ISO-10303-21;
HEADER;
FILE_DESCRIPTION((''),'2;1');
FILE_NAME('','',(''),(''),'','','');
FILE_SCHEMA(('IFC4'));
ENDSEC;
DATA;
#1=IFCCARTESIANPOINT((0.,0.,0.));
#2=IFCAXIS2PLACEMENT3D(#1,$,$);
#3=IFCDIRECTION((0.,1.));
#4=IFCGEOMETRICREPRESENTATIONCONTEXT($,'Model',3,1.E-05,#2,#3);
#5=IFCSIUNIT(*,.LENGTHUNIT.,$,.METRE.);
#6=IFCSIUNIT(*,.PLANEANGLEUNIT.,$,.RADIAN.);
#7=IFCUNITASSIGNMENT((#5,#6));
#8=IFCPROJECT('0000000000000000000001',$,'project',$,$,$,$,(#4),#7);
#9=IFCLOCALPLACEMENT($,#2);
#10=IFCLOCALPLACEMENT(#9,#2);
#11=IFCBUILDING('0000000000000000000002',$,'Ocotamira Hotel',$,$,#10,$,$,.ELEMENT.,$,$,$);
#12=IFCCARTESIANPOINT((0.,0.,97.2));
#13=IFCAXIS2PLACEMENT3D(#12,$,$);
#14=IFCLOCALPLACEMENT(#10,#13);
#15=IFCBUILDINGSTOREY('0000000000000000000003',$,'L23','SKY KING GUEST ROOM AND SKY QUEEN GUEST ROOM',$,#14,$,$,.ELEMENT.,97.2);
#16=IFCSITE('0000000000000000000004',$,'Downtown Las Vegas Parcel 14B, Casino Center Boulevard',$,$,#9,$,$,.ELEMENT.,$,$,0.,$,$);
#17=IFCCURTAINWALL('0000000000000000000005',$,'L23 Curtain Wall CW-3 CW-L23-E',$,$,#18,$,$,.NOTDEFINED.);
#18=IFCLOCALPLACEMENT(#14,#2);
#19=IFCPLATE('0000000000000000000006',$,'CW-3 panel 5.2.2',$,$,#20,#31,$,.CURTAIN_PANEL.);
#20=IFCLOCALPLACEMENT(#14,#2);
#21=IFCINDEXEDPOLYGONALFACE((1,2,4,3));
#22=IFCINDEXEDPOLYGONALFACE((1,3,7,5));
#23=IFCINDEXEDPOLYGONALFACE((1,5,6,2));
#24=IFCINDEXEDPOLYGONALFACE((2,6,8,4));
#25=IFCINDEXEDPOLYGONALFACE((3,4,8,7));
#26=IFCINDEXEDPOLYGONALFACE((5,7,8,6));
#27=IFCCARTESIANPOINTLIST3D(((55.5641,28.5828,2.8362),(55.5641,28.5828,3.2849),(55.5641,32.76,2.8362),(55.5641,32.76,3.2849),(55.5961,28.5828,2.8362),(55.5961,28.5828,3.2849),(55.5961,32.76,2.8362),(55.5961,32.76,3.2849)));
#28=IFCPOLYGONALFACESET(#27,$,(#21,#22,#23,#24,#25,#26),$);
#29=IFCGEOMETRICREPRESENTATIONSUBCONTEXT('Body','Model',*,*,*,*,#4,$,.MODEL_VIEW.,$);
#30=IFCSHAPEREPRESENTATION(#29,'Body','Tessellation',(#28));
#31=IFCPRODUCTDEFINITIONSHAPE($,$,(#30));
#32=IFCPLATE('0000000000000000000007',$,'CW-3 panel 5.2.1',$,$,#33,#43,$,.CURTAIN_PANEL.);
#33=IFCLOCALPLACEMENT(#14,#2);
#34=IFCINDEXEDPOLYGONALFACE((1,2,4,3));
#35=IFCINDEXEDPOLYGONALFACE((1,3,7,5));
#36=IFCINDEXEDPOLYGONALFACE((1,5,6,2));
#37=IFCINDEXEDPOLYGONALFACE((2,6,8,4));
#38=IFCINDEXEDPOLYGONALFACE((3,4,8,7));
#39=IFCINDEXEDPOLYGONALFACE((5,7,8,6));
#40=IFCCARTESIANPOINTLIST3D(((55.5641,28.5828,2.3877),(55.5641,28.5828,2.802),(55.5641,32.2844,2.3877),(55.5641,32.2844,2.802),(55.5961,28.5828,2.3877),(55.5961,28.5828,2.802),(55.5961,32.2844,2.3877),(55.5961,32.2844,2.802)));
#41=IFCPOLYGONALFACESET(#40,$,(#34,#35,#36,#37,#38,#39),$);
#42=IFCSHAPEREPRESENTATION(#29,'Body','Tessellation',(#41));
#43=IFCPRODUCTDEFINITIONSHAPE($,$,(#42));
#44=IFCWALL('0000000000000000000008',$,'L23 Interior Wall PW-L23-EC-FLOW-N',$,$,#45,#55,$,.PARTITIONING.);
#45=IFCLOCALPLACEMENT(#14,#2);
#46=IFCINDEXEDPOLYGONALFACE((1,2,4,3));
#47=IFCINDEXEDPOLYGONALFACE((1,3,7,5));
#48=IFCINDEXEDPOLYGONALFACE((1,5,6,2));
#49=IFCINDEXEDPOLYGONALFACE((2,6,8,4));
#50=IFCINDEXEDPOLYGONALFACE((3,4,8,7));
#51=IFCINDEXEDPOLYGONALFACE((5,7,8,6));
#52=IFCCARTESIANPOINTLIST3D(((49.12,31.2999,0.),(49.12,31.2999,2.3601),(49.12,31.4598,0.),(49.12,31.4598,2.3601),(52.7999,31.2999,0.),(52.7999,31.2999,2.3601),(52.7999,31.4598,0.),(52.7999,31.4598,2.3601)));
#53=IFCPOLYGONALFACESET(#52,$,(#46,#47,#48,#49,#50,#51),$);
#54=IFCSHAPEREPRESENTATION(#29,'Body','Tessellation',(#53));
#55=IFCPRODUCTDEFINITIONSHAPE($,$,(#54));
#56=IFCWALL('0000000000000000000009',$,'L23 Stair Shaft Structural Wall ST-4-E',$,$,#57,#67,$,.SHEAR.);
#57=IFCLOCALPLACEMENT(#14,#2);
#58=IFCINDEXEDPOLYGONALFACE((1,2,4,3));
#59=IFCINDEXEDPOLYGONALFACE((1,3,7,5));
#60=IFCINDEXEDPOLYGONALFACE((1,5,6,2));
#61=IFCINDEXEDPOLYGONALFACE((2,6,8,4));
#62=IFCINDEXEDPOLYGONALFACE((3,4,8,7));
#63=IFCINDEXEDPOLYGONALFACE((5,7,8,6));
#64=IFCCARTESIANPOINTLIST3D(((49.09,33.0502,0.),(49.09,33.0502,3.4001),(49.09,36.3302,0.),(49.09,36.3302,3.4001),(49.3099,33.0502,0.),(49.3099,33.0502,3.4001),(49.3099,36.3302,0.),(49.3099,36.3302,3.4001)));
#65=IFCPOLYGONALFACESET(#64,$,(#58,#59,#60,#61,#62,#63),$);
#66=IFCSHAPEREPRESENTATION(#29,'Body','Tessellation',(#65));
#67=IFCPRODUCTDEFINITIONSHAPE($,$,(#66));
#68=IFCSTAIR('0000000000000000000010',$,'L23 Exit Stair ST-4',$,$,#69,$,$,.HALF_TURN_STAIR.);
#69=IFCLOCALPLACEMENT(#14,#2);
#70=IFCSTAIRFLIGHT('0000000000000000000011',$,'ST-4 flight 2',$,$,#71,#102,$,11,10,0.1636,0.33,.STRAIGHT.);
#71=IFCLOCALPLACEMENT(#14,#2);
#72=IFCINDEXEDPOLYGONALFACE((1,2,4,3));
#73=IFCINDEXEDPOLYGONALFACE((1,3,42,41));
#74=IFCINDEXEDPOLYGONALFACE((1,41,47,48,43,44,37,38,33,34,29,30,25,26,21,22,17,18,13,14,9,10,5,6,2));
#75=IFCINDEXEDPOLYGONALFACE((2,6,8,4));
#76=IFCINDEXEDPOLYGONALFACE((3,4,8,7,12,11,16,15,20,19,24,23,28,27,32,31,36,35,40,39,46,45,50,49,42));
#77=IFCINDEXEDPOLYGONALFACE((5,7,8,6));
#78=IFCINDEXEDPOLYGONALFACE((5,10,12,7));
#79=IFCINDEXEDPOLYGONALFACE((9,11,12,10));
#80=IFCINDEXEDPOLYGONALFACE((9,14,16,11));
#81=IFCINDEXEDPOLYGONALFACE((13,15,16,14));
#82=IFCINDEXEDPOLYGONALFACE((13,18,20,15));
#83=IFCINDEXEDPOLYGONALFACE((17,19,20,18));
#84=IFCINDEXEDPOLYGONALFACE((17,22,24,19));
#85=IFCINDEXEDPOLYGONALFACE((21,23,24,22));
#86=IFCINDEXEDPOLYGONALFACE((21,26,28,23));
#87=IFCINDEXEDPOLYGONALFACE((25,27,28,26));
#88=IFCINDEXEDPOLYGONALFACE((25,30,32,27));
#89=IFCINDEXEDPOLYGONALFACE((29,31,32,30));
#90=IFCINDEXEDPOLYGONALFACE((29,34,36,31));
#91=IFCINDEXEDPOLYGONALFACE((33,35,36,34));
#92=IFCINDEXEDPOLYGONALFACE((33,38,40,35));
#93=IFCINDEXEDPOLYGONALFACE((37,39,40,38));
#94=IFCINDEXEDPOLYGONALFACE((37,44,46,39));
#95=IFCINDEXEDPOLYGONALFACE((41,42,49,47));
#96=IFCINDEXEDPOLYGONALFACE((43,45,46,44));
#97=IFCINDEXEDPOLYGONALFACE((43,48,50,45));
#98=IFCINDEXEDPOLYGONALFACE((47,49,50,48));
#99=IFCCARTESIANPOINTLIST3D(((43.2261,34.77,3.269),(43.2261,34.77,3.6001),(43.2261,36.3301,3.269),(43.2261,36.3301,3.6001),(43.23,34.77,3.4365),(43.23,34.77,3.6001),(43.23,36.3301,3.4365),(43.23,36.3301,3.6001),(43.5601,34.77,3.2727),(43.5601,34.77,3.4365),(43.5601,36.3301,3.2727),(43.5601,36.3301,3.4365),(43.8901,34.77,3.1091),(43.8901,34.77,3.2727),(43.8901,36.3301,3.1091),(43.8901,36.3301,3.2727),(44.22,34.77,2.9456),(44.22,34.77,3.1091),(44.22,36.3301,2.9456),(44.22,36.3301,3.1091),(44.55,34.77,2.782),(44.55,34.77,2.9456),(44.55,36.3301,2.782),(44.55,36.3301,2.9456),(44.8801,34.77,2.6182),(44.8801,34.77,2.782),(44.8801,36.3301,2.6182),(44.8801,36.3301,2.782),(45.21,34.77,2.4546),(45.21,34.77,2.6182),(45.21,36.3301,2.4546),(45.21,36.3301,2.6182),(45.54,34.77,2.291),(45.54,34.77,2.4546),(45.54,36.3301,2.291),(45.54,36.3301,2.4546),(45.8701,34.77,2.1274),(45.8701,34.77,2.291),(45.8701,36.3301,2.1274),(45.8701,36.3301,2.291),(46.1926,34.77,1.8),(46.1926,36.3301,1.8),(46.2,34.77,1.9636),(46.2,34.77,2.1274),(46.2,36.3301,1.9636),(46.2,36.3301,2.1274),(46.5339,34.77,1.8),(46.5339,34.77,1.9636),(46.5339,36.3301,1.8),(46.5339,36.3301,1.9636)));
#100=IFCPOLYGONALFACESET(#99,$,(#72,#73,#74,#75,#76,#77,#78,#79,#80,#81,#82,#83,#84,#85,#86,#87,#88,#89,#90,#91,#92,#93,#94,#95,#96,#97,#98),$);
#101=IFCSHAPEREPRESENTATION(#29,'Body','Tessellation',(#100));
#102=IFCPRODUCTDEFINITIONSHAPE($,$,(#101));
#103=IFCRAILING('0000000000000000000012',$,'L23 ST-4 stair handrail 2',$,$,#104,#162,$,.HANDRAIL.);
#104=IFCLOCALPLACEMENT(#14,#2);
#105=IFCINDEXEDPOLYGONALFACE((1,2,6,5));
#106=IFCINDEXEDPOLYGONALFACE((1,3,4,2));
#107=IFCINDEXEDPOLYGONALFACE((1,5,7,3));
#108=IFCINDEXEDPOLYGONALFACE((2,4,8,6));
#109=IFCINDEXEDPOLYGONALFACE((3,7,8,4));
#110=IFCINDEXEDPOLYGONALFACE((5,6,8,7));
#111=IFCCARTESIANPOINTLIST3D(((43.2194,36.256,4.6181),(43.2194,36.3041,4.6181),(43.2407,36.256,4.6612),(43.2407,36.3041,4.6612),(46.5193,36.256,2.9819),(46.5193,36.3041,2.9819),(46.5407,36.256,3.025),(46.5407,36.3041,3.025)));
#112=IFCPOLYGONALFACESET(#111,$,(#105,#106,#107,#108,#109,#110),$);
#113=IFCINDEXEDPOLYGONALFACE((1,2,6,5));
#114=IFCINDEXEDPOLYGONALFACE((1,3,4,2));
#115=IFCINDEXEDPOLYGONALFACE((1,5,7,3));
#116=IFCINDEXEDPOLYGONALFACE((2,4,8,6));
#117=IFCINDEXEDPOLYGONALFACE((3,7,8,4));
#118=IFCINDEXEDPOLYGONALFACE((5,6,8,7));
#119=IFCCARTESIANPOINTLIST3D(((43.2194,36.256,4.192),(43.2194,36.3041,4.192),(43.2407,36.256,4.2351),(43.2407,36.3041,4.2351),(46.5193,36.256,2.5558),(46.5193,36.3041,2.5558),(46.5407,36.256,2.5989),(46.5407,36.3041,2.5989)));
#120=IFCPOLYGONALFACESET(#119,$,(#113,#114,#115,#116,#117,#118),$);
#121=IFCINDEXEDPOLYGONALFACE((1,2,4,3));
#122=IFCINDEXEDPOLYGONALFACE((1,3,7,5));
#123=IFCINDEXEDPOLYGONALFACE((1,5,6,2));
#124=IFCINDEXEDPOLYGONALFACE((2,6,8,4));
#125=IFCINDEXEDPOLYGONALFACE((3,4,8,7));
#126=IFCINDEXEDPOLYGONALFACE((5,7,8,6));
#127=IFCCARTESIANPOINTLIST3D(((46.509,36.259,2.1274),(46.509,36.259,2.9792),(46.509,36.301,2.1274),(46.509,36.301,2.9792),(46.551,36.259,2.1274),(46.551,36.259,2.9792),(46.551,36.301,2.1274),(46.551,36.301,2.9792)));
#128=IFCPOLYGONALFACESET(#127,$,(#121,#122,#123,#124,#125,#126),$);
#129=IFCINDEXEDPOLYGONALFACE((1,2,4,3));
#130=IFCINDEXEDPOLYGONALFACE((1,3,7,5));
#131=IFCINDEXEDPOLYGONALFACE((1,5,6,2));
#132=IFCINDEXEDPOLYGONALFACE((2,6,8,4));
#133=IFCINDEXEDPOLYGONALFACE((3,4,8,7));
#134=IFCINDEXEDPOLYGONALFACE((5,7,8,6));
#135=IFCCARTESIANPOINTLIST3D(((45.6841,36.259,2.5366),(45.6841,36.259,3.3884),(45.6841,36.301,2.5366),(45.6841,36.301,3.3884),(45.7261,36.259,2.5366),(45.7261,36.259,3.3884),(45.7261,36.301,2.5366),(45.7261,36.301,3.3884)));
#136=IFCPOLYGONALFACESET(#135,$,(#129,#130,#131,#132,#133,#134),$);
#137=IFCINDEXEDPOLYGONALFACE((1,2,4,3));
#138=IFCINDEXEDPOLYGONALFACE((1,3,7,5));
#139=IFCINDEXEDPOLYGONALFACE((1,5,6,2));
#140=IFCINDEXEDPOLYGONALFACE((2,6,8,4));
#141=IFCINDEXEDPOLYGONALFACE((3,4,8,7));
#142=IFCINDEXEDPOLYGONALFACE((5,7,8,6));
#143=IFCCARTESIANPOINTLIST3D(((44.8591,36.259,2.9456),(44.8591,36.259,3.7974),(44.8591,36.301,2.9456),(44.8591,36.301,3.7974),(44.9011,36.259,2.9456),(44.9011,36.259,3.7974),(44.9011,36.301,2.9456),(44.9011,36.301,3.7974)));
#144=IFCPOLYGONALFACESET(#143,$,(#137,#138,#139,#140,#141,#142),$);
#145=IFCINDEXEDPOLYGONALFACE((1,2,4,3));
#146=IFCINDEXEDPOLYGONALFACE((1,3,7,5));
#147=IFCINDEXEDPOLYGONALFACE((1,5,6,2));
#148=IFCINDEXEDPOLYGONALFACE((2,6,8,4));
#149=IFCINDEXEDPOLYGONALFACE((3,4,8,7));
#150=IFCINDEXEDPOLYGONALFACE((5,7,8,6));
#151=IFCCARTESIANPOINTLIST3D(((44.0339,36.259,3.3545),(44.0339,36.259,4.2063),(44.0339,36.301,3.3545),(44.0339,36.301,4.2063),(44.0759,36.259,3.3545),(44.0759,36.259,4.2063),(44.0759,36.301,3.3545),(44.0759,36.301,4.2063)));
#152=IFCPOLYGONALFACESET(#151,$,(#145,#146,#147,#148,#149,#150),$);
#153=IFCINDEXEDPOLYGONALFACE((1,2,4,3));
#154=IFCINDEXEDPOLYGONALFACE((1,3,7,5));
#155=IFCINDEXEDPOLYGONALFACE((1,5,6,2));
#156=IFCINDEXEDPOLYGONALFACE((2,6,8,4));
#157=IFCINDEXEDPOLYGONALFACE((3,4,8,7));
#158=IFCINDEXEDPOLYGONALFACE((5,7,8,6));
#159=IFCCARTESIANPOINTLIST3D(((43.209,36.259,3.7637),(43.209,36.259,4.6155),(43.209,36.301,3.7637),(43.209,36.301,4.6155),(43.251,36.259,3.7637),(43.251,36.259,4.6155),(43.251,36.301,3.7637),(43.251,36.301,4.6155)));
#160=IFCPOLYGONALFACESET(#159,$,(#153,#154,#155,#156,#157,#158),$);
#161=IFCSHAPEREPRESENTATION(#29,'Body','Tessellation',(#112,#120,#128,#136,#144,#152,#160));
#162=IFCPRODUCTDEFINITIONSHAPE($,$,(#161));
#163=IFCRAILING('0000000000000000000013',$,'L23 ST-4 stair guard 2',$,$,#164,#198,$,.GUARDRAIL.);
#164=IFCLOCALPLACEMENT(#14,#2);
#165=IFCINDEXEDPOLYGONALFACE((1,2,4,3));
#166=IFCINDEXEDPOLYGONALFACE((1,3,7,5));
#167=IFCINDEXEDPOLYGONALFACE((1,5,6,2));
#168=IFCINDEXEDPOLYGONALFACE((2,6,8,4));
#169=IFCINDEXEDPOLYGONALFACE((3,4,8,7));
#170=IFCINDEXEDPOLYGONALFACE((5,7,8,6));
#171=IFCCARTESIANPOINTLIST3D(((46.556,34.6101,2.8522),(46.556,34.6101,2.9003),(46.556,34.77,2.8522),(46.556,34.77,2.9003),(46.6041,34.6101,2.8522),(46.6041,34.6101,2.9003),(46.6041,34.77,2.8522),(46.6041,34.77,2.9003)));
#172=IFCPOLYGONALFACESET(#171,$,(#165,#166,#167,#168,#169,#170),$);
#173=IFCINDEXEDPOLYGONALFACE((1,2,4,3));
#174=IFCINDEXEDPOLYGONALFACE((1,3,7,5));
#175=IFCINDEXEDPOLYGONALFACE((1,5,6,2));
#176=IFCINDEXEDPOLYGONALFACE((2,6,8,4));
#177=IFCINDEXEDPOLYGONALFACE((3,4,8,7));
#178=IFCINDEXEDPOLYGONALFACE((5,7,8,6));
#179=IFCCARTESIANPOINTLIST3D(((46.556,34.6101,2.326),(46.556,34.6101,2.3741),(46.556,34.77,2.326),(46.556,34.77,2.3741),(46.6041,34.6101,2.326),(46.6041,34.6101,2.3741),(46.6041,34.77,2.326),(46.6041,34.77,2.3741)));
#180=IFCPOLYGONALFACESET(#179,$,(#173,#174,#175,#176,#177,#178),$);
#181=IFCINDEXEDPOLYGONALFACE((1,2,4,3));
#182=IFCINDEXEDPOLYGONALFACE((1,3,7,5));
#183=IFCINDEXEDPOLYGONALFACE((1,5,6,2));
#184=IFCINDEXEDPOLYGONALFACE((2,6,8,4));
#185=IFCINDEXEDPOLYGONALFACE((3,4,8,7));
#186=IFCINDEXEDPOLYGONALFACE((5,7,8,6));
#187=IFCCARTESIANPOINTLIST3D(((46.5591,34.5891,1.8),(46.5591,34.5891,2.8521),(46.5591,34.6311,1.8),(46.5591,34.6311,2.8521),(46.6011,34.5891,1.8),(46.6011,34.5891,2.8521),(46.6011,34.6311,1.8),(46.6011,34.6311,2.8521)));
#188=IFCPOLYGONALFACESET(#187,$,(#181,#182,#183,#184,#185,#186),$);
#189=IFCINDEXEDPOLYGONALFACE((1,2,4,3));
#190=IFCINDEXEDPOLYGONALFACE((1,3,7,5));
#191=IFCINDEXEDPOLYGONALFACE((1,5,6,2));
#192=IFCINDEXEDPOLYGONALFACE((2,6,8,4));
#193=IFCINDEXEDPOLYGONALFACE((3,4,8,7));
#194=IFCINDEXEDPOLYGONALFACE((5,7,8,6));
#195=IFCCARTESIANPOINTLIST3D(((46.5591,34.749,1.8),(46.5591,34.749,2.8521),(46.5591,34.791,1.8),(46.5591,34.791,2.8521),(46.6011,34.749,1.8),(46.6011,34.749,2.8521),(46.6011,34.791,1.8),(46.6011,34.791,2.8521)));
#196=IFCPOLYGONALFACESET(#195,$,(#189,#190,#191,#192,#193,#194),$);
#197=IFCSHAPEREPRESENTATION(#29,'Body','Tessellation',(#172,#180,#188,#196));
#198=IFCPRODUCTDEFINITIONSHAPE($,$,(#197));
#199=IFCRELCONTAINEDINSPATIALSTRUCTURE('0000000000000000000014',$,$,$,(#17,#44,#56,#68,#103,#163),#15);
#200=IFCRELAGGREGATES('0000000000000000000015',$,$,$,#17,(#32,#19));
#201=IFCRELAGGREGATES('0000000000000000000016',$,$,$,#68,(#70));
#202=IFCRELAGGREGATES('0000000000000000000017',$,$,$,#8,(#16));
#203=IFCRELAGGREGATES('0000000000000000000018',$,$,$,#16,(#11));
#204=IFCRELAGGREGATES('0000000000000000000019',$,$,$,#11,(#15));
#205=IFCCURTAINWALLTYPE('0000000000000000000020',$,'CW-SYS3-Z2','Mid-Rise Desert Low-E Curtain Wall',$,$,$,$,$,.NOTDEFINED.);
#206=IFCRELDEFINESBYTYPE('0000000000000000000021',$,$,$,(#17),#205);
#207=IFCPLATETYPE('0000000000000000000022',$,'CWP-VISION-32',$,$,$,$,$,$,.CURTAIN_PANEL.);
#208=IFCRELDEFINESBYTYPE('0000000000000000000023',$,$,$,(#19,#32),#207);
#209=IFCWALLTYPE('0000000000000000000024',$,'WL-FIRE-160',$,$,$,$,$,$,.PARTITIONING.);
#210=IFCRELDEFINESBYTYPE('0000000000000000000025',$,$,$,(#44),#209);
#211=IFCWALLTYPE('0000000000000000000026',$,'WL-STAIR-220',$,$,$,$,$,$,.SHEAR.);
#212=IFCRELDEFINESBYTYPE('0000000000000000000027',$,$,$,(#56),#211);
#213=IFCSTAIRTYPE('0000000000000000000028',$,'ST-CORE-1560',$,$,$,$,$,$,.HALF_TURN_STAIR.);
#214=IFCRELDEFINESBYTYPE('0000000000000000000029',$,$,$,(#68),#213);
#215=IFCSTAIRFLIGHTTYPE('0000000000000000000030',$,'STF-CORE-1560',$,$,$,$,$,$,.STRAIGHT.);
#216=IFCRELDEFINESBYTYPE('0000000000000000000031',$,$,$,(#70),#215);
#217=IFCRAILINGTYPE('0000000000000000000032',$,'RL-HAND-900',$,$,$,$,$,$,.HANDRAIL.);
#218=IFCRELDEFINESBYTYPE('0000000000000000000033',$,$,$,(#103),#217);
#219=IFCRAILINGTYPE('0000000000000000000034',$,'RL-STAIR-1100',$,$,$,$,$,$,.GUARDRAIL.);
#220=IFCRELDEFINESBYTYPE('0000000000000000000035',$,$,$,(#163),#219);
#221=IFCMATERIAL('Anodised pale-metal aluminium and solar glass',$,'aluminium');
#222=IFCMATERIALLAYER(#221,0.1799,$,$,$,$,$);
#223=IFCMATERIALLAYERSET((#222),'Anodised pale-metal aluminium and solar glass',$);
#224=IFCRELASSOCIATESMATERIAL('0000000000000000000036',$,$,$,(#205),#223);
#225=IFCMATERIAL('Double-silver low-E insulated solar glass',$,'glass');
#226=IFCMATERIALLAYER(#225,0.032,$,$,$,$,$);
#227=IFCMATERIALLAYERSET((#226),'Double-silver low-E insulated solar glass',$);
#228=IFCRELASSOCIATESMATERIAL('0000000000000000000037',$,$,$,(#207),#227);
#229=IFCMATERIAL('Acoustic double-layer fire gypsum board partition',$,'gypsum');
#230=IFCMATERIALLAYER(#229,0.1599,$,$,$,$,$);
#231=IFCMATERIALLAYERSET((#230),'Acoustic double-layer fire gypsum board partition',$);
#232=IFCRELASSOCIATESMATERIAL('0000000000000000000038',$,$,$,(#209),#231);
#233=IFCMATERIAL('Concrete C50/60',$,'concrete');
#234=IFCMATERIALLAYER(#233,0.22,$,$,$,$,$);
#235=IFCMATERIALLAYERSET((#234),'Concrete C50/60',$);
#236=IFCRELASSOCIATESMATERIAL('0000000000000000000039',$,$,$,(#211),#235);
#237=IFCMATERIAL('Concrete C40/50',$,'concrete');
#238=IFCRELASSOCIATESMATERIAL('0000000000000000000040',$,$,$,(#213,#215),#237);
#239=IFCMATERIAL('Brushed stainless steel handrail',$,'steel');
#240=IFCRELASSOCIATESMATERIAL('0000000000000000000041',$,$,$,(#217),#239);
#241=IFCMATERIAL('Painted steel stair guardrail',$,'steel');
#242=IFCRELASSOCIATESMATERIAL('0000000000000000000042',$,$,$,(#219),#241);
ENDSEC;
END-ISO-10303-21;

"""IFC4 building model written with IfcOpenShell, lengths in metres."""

from ifc_helpers import new_model, si_unit, direction, frame, frame_2d, origin, origin_2d, place, context, subcontext, project, spatial, polyline, rectangle, outline, extrude, source, transform, mapped, material, layer, layer_set, type_object, element, aggregate, save


model = new_model("IFC4")

# Units and contexts
model_context = context("Model", 3, precision=1e-05, world=origin(), true_north=direction((0.0, 1.0)))
body_context = subcontext(model_context, "Body", "Model", "MODEL_VIEW")
ifc_project = project(units=[si_unit("LENGTHUNIT", "METRE"), si_unit("PLANEANGLEUNIT", "RADIAN")], contexts=[model_context])

# Site, building, storey
site_placement = place(None, origin())
site = spatial("IfcSite", under=ifc_project, at=site_placement, Name="Downtown Las Vegas Parcel 14B, Casino Center Boulevard", CompositionType="ELEMENT", RefElevation=0.0)
building_placement = place(site_placement, origin())
building = spatial("IfcBuilding", under=site, at=building_placement, Name="Ocotamira Hotel", CompositionType="ELEMENT")
storey_placement = place(building_placement, frame((0.0, 0.0, 97.2)))
storey = spatial("IfcBuildingStorey", under=building, at=storey_placement, Name="L23", Description="SKY KING GUEST ROOM AND SKY QUEEN GUEST ROOM", CompositionType="ELEMENT", Elevation=97.2)

# Curtain wall
ifc_material_1 = material(Name="Anodised pale-metal aluminium and solar glass", Category="aluminium")
ifc_layer_1 = layer(ifc_material_1, 0.1799)
ifc_layer_set_1 = layer_set([ifc_layer_1], Name="Anodised pale-metal aluminium and solar glass")
curtain_wall_type = type_object("IfcCurtainWallType", Name="CW-SYS3-Z2", Description="Mid-Rise Desert Low-E Curtain Wall", PredefinedType="NOTDEFINED", material=ifc_layer_set_1)
curtain_wall_placement = place(storey_placement, origin())
curtain_wall = element("IfcCurtainWall", 1, at=curtain_wall_placement, inside=storey, type_object=curtain_wall_type, Name="L23 Curtain Wall CW-3 CW-L23-E", PredefinedType="NOTDEFINED")

# Plates
ifc_material_2 = material(Name="Double-silver low-E insulated solar glass", Category="glass")
ifc_layer_2 = layer(ifc_material_2, 0.032)
ifc_layer_set_2 = layer_set([ifc_layer_2], Name="Double-silver low-E insulated solar glass")
plate_type_1 = type_object("IfcPlateType", Name="CWP-VISION-32", PredefinedType="CURTAIN_PANEL", material=ifc_layer_set_2)
shared_shape_1 = source(origin(), body_context, "Body", "SweptSolid", [
    extrude(rectangle(XDim=4.1772, YDim=0.032, at=origin_2d()), origin(), (0.0, 0.0, 1.0), 0.4487),
])
plate_1_placement = place(storey_placement, frame((55.5801, 30.6714, 2.8362), z_axis=(0.0, 0.0, 1.0), x_axis=(0.0, 1.0, 0.0)))
plate_1 = element("IfcPlate", 2, at=plate_1_placement, type_object=plate_type_1, Name="CW-3 panel 5.2.2", PredefinedType="CURTAIN_PANEL", context=body_context, shape_type="MappedRepresentation", body=[
    mapped(shared_shape_1, transform((0.0, 0.0, 0.0), scale=1.0)),
])
shared_shape_2 = source(origin(), body_context, "Body", "SweptSolid", [
    extrude(rectangle(XDim=3.7017, YDim=0.032, at=origin_2d()), origin(), (0.0, 0.0, 1.0), 0.4143),
])
plate_2_placement = place(storey_placement, frame((55.5801, 30.4336, 2.3877), z_axis=(0.0, 0.0, 1.0), x_axis=(0.0, 1.0, 0.0)))
plate_2 = element("IfcPlate", 3, at=plate_2_placement, type_object=plate_type_1, Name="CW-3 panel 5.2.1", PredefinedType="CURTAIN_PANEL", context=body_context, shape_type="MappedRepresentation", body=[
    mapped(shared_shape_2, transform((0.0, 0.0, 0.0), scale=1.0)),
])
aggregate(curtain_wall, [plate_2, plate_1])

# Wall
ifc_material_3 = material(Name="Acoustic double-layer fire gypsum board partition", Category="gypsum")
ifc_layer_3 = layer(ifc_material_3, 0.1599)
ifc_layer_set_3 = layer_set([ifc_layer_3], Name="Acoustic double-layer fire gypsum board partition")
wall_type_1 = type_object("IfcWallType", Name="WL-FIRE-160", PredefinedType="PARTITIONING", material=ifc_layer_set_3)
wall_1_placement = place(storey_placement, frame((49.1201, 31.3799, 0.0), z_axis=(0.0, 0.0, 1.0), x_axis=(1.0, 0.0, 0.0)))
element("IfcWall", 4, at=wall_1_placement, inside=storey, type_object=wall_type_1, Name="L23 Interior Wall PW-L23-EC-FLOW-N", PredefinedType="PARTITIONING", context=body_context, shape_type="SweptSolid", body=[
    extrude(rectangle(XDim=3.6799, YDim=0.1599, at=frame_2d((1.8398, 0.0))), origin(), (0.0, 0.0, 1.0), 2.3601),
])

# Wall
ifc_material_4 = material(Name="Concrete C50/60", Category="concrete")
ifc_layer_4 = layer(ifc_material_4, 0.22)
ifc_layer_set_4 = layer_set([ifc_layer_4], Name="Concrete C50/60")
wall_type_2 = type_object("IfcWallType", Name="WL-STAIR-220", PredefinedType="SHEAR", material=ifc_layer_set_4)
wall_2_placement = place(storey_placement, frame((49.2, 33.05, 0.0), z_axis=(0.0, 0.0, 1.0), x_axis=(0.0, 1.0, 0.0)))
element("IfcWall", 5, at=wall_2_placement, inside=storey, type_object=wall_type_2, Name="L23 Stair Shaft Structural Wall ST-4-E", PredefinedType="SHEAR", context=body_context, shape_type="SweptSolid", body=[
    extrude(rectangle(XDim=3.28, YDim=0.22, at=frame_2d((1.6401, 0.0))), origin(), (0.0, 0.0, 1.0), 3.4001),
])

# Stair, stair flight
ifc_material_5 = material(Name="Concrete C40/50", Category="concrete")
stair_type = type_object("IfcStairType", Name="ST-CORE-1560", PredefinedType="HALF_TURN_STAIR", material=ifc_material_5)
stair_placement = place(storey_placement, origin())
stair = element("IfcStair", 6, at=stair_placement, inside=storey, type_object=stair_type, Name="L23 Exit Stair ST-4", PredefinedType="HALF_TURN_STAIR")
stair_flight_type = type_object("IfcStairFlightType", Name="STF-CORE-1560", PredefinedType="STRAIGHT", material=ifc_material_5)
shared_shape_3 = source(origin(), body_context, "Body", "SweptSolid", [
    extrude(outline(polyline([(-0.0039, 0.0), (-0.0039, 0.1636), (0.3301, 0.1636), (0.3301, 0.3274), (0.6599, 0.3274), (0.6599, 0.491), (0.99, 0.491), (0.99, 0.6545), (1.3201, 0.6545), (1.3201, 0.8181), (1.6499, 0.8181), (1.6499, 0.9819), (1.98, 0.9819), (1.98, 1.1455), (2.3101, 1.1455), (2.3101, 1.3091), (2.6399, 1.3091), (2.6399, 1.4727), (2.97, 1.4727), (2.97, 1.6365), (3.3, 1.6365), (3.3, 1.8), (3.304, 1.8), (3.304, 1.469), (0.3374, 0.0), (-0.0039, 0.0)])), frame((0.0, 0.78, 0.0), z_axis=(0.0, -1.0, 0.0), x_axis=(1.0, 0.0, 0.0)), (0.0, 0.0, 1.0), 1.5601),
])
stair_flight_placement = place(storey_placement, frame((46.53, 35.55, 1.8), z_axis=(0.0, 0.0, 1.0), x_axis=(-1.0, 0.0, 0.0)))
stair_flight = element("IfcStairFlight", 7, at=stair_flight_placement, type_object=stair_flight_type, Name="ST-4 flight 2", NumberOfRisers=11, NumberOfTreads=10, PredefinedType="STRAIGHT", RiserHeight=0.1636, TreadLength=0.33, context=body_context, shape_type="MappedRepresentation", body=[
    mapped(shared_shape_3, transform((0.0, 0.0, 0.0), scale=1.0)),
])
aggregate(stair, [stair_flight])

# Railings
ifc_material_6 = material(Name="Brushed stainless steel handrail", Category="steel")
railing_type_1 = type_object("IfcRailingType", Name="RL-HAND-900", PredefinedType="HANDRAIL", material=ifc_material_6)
railing_1_placement = place(storey_placement, frame((46.53, 36.28, 2.1274)))
element("IfcRailing", 8, at=railing_1_placement, inside=storey, type_object=railing_type_1, Name="L23 ST-4 stair handrail 2", PredefinedType="HANDRAIL", context=body_context, shape_type="SweptSolid", body=[
    extrude(rectangle(XDim=0.0481, YDim=0.0481, at=origin_2d()), frame((0.0, 0.0, 0.876), z_axis=(-0.89592, 0.0, 0.444215), x_axis=(0.0, -1.0, 0.0)), (0.0, 0.0, 1.0), 3.6833),
    extrude(rectangle(XDim=0.0481, YDim=0.0481, at=origin_2d()), frame((0.0, 0.0, 0.45), z_axis=(-0.89592, 0.0, 0.444215), x_axis=(0.0, -1.0, 0.0)), (0.0, 0.0, 1.0), 3.6833),
    extrude(rectangle(XDim=0.042, YDim=0.042, at=origin_2d()), origin(), (0.0, 0.0, 1.0), 0.8518),
    extrude(rectangle(XDim=0.042, YDim=0.042, at=origin_2d()), frame((-0.825, 0.0, 0.4092)), (0.0, 0.0, 1.0), 0.8518),
    extrude(rectangle(XDim=0.042, YDim=0.042, at=origin_2d()), frame((-1.6499, 0.0, 0.8181)), (0.0, 0.0, 1.0), 0.8518),
    extrude(rectangle(XDim=0.042, YDim=0.042, at=origin_2d()), frame((-2.4751, 0.0, 1.2271)), (0.0, 0.0, 1.0), 0.8518),
    extrude(rectangle(XDim=0.042, YDim=0.042, at=origin_2d()), frame((-3.3, 0.0, 1.6362)), (0.0, 0.0, 1.0), 0.8518),
])
ifc_material_7 = material(Name="Painted steel stair guardrail", Category="steel")
railing_type_2 = type_object("IfcRailingType", Name="RL-STAIR-1100", PredefinedType="GUARDRAIL", material=ifc_material_7)
railing_2_placement = place(storey_placement, frame((46.5801, 34.6101, 1.8)))
element("IfcRailing", 9, at=railing_2_placement, inside=storey, type_object=railing_type_2, Name="L23 ST-4 stair guard 2", PredefinedType="GUARDRAIL", context=body_context, shape_type="SweptSolid", body=[
    extrude(rectangle(XDim=0.0481, YDim=0.0481, at=origin_2d()), frame((0.0, 0.0, 1.0762), z_axis=(0.0, 1.0, 0.0), x_axis=(-1.0, 0.0, 0.0)), (0.0, 0.0, 1.0), 0.1599),
    extrude(rectangle(XDim=0.0481, YDim=0.0481, at=origin_2d()), frame((0.0, 0.0, 0.55), z_axis=(0.0, 1.0, 0.0), x_axis=(-1.0, 0.0, 0.0)), (0.0, 0.0, 1.0), 0.1599),
    extrude(rectangle(XDim=0.042, YDim=0.042, at=origin_2d()), origin(), (0.0, 0.0, 1.0), 1.052),
    extrude(rectangle(XDim=0.042, YDim=0.042, at=origin_2d()), frame((0.0, 0.1599, 0.0)), (0.0, 0.0, 1.0), 1.052),
])

save(model, "model.ifc")
